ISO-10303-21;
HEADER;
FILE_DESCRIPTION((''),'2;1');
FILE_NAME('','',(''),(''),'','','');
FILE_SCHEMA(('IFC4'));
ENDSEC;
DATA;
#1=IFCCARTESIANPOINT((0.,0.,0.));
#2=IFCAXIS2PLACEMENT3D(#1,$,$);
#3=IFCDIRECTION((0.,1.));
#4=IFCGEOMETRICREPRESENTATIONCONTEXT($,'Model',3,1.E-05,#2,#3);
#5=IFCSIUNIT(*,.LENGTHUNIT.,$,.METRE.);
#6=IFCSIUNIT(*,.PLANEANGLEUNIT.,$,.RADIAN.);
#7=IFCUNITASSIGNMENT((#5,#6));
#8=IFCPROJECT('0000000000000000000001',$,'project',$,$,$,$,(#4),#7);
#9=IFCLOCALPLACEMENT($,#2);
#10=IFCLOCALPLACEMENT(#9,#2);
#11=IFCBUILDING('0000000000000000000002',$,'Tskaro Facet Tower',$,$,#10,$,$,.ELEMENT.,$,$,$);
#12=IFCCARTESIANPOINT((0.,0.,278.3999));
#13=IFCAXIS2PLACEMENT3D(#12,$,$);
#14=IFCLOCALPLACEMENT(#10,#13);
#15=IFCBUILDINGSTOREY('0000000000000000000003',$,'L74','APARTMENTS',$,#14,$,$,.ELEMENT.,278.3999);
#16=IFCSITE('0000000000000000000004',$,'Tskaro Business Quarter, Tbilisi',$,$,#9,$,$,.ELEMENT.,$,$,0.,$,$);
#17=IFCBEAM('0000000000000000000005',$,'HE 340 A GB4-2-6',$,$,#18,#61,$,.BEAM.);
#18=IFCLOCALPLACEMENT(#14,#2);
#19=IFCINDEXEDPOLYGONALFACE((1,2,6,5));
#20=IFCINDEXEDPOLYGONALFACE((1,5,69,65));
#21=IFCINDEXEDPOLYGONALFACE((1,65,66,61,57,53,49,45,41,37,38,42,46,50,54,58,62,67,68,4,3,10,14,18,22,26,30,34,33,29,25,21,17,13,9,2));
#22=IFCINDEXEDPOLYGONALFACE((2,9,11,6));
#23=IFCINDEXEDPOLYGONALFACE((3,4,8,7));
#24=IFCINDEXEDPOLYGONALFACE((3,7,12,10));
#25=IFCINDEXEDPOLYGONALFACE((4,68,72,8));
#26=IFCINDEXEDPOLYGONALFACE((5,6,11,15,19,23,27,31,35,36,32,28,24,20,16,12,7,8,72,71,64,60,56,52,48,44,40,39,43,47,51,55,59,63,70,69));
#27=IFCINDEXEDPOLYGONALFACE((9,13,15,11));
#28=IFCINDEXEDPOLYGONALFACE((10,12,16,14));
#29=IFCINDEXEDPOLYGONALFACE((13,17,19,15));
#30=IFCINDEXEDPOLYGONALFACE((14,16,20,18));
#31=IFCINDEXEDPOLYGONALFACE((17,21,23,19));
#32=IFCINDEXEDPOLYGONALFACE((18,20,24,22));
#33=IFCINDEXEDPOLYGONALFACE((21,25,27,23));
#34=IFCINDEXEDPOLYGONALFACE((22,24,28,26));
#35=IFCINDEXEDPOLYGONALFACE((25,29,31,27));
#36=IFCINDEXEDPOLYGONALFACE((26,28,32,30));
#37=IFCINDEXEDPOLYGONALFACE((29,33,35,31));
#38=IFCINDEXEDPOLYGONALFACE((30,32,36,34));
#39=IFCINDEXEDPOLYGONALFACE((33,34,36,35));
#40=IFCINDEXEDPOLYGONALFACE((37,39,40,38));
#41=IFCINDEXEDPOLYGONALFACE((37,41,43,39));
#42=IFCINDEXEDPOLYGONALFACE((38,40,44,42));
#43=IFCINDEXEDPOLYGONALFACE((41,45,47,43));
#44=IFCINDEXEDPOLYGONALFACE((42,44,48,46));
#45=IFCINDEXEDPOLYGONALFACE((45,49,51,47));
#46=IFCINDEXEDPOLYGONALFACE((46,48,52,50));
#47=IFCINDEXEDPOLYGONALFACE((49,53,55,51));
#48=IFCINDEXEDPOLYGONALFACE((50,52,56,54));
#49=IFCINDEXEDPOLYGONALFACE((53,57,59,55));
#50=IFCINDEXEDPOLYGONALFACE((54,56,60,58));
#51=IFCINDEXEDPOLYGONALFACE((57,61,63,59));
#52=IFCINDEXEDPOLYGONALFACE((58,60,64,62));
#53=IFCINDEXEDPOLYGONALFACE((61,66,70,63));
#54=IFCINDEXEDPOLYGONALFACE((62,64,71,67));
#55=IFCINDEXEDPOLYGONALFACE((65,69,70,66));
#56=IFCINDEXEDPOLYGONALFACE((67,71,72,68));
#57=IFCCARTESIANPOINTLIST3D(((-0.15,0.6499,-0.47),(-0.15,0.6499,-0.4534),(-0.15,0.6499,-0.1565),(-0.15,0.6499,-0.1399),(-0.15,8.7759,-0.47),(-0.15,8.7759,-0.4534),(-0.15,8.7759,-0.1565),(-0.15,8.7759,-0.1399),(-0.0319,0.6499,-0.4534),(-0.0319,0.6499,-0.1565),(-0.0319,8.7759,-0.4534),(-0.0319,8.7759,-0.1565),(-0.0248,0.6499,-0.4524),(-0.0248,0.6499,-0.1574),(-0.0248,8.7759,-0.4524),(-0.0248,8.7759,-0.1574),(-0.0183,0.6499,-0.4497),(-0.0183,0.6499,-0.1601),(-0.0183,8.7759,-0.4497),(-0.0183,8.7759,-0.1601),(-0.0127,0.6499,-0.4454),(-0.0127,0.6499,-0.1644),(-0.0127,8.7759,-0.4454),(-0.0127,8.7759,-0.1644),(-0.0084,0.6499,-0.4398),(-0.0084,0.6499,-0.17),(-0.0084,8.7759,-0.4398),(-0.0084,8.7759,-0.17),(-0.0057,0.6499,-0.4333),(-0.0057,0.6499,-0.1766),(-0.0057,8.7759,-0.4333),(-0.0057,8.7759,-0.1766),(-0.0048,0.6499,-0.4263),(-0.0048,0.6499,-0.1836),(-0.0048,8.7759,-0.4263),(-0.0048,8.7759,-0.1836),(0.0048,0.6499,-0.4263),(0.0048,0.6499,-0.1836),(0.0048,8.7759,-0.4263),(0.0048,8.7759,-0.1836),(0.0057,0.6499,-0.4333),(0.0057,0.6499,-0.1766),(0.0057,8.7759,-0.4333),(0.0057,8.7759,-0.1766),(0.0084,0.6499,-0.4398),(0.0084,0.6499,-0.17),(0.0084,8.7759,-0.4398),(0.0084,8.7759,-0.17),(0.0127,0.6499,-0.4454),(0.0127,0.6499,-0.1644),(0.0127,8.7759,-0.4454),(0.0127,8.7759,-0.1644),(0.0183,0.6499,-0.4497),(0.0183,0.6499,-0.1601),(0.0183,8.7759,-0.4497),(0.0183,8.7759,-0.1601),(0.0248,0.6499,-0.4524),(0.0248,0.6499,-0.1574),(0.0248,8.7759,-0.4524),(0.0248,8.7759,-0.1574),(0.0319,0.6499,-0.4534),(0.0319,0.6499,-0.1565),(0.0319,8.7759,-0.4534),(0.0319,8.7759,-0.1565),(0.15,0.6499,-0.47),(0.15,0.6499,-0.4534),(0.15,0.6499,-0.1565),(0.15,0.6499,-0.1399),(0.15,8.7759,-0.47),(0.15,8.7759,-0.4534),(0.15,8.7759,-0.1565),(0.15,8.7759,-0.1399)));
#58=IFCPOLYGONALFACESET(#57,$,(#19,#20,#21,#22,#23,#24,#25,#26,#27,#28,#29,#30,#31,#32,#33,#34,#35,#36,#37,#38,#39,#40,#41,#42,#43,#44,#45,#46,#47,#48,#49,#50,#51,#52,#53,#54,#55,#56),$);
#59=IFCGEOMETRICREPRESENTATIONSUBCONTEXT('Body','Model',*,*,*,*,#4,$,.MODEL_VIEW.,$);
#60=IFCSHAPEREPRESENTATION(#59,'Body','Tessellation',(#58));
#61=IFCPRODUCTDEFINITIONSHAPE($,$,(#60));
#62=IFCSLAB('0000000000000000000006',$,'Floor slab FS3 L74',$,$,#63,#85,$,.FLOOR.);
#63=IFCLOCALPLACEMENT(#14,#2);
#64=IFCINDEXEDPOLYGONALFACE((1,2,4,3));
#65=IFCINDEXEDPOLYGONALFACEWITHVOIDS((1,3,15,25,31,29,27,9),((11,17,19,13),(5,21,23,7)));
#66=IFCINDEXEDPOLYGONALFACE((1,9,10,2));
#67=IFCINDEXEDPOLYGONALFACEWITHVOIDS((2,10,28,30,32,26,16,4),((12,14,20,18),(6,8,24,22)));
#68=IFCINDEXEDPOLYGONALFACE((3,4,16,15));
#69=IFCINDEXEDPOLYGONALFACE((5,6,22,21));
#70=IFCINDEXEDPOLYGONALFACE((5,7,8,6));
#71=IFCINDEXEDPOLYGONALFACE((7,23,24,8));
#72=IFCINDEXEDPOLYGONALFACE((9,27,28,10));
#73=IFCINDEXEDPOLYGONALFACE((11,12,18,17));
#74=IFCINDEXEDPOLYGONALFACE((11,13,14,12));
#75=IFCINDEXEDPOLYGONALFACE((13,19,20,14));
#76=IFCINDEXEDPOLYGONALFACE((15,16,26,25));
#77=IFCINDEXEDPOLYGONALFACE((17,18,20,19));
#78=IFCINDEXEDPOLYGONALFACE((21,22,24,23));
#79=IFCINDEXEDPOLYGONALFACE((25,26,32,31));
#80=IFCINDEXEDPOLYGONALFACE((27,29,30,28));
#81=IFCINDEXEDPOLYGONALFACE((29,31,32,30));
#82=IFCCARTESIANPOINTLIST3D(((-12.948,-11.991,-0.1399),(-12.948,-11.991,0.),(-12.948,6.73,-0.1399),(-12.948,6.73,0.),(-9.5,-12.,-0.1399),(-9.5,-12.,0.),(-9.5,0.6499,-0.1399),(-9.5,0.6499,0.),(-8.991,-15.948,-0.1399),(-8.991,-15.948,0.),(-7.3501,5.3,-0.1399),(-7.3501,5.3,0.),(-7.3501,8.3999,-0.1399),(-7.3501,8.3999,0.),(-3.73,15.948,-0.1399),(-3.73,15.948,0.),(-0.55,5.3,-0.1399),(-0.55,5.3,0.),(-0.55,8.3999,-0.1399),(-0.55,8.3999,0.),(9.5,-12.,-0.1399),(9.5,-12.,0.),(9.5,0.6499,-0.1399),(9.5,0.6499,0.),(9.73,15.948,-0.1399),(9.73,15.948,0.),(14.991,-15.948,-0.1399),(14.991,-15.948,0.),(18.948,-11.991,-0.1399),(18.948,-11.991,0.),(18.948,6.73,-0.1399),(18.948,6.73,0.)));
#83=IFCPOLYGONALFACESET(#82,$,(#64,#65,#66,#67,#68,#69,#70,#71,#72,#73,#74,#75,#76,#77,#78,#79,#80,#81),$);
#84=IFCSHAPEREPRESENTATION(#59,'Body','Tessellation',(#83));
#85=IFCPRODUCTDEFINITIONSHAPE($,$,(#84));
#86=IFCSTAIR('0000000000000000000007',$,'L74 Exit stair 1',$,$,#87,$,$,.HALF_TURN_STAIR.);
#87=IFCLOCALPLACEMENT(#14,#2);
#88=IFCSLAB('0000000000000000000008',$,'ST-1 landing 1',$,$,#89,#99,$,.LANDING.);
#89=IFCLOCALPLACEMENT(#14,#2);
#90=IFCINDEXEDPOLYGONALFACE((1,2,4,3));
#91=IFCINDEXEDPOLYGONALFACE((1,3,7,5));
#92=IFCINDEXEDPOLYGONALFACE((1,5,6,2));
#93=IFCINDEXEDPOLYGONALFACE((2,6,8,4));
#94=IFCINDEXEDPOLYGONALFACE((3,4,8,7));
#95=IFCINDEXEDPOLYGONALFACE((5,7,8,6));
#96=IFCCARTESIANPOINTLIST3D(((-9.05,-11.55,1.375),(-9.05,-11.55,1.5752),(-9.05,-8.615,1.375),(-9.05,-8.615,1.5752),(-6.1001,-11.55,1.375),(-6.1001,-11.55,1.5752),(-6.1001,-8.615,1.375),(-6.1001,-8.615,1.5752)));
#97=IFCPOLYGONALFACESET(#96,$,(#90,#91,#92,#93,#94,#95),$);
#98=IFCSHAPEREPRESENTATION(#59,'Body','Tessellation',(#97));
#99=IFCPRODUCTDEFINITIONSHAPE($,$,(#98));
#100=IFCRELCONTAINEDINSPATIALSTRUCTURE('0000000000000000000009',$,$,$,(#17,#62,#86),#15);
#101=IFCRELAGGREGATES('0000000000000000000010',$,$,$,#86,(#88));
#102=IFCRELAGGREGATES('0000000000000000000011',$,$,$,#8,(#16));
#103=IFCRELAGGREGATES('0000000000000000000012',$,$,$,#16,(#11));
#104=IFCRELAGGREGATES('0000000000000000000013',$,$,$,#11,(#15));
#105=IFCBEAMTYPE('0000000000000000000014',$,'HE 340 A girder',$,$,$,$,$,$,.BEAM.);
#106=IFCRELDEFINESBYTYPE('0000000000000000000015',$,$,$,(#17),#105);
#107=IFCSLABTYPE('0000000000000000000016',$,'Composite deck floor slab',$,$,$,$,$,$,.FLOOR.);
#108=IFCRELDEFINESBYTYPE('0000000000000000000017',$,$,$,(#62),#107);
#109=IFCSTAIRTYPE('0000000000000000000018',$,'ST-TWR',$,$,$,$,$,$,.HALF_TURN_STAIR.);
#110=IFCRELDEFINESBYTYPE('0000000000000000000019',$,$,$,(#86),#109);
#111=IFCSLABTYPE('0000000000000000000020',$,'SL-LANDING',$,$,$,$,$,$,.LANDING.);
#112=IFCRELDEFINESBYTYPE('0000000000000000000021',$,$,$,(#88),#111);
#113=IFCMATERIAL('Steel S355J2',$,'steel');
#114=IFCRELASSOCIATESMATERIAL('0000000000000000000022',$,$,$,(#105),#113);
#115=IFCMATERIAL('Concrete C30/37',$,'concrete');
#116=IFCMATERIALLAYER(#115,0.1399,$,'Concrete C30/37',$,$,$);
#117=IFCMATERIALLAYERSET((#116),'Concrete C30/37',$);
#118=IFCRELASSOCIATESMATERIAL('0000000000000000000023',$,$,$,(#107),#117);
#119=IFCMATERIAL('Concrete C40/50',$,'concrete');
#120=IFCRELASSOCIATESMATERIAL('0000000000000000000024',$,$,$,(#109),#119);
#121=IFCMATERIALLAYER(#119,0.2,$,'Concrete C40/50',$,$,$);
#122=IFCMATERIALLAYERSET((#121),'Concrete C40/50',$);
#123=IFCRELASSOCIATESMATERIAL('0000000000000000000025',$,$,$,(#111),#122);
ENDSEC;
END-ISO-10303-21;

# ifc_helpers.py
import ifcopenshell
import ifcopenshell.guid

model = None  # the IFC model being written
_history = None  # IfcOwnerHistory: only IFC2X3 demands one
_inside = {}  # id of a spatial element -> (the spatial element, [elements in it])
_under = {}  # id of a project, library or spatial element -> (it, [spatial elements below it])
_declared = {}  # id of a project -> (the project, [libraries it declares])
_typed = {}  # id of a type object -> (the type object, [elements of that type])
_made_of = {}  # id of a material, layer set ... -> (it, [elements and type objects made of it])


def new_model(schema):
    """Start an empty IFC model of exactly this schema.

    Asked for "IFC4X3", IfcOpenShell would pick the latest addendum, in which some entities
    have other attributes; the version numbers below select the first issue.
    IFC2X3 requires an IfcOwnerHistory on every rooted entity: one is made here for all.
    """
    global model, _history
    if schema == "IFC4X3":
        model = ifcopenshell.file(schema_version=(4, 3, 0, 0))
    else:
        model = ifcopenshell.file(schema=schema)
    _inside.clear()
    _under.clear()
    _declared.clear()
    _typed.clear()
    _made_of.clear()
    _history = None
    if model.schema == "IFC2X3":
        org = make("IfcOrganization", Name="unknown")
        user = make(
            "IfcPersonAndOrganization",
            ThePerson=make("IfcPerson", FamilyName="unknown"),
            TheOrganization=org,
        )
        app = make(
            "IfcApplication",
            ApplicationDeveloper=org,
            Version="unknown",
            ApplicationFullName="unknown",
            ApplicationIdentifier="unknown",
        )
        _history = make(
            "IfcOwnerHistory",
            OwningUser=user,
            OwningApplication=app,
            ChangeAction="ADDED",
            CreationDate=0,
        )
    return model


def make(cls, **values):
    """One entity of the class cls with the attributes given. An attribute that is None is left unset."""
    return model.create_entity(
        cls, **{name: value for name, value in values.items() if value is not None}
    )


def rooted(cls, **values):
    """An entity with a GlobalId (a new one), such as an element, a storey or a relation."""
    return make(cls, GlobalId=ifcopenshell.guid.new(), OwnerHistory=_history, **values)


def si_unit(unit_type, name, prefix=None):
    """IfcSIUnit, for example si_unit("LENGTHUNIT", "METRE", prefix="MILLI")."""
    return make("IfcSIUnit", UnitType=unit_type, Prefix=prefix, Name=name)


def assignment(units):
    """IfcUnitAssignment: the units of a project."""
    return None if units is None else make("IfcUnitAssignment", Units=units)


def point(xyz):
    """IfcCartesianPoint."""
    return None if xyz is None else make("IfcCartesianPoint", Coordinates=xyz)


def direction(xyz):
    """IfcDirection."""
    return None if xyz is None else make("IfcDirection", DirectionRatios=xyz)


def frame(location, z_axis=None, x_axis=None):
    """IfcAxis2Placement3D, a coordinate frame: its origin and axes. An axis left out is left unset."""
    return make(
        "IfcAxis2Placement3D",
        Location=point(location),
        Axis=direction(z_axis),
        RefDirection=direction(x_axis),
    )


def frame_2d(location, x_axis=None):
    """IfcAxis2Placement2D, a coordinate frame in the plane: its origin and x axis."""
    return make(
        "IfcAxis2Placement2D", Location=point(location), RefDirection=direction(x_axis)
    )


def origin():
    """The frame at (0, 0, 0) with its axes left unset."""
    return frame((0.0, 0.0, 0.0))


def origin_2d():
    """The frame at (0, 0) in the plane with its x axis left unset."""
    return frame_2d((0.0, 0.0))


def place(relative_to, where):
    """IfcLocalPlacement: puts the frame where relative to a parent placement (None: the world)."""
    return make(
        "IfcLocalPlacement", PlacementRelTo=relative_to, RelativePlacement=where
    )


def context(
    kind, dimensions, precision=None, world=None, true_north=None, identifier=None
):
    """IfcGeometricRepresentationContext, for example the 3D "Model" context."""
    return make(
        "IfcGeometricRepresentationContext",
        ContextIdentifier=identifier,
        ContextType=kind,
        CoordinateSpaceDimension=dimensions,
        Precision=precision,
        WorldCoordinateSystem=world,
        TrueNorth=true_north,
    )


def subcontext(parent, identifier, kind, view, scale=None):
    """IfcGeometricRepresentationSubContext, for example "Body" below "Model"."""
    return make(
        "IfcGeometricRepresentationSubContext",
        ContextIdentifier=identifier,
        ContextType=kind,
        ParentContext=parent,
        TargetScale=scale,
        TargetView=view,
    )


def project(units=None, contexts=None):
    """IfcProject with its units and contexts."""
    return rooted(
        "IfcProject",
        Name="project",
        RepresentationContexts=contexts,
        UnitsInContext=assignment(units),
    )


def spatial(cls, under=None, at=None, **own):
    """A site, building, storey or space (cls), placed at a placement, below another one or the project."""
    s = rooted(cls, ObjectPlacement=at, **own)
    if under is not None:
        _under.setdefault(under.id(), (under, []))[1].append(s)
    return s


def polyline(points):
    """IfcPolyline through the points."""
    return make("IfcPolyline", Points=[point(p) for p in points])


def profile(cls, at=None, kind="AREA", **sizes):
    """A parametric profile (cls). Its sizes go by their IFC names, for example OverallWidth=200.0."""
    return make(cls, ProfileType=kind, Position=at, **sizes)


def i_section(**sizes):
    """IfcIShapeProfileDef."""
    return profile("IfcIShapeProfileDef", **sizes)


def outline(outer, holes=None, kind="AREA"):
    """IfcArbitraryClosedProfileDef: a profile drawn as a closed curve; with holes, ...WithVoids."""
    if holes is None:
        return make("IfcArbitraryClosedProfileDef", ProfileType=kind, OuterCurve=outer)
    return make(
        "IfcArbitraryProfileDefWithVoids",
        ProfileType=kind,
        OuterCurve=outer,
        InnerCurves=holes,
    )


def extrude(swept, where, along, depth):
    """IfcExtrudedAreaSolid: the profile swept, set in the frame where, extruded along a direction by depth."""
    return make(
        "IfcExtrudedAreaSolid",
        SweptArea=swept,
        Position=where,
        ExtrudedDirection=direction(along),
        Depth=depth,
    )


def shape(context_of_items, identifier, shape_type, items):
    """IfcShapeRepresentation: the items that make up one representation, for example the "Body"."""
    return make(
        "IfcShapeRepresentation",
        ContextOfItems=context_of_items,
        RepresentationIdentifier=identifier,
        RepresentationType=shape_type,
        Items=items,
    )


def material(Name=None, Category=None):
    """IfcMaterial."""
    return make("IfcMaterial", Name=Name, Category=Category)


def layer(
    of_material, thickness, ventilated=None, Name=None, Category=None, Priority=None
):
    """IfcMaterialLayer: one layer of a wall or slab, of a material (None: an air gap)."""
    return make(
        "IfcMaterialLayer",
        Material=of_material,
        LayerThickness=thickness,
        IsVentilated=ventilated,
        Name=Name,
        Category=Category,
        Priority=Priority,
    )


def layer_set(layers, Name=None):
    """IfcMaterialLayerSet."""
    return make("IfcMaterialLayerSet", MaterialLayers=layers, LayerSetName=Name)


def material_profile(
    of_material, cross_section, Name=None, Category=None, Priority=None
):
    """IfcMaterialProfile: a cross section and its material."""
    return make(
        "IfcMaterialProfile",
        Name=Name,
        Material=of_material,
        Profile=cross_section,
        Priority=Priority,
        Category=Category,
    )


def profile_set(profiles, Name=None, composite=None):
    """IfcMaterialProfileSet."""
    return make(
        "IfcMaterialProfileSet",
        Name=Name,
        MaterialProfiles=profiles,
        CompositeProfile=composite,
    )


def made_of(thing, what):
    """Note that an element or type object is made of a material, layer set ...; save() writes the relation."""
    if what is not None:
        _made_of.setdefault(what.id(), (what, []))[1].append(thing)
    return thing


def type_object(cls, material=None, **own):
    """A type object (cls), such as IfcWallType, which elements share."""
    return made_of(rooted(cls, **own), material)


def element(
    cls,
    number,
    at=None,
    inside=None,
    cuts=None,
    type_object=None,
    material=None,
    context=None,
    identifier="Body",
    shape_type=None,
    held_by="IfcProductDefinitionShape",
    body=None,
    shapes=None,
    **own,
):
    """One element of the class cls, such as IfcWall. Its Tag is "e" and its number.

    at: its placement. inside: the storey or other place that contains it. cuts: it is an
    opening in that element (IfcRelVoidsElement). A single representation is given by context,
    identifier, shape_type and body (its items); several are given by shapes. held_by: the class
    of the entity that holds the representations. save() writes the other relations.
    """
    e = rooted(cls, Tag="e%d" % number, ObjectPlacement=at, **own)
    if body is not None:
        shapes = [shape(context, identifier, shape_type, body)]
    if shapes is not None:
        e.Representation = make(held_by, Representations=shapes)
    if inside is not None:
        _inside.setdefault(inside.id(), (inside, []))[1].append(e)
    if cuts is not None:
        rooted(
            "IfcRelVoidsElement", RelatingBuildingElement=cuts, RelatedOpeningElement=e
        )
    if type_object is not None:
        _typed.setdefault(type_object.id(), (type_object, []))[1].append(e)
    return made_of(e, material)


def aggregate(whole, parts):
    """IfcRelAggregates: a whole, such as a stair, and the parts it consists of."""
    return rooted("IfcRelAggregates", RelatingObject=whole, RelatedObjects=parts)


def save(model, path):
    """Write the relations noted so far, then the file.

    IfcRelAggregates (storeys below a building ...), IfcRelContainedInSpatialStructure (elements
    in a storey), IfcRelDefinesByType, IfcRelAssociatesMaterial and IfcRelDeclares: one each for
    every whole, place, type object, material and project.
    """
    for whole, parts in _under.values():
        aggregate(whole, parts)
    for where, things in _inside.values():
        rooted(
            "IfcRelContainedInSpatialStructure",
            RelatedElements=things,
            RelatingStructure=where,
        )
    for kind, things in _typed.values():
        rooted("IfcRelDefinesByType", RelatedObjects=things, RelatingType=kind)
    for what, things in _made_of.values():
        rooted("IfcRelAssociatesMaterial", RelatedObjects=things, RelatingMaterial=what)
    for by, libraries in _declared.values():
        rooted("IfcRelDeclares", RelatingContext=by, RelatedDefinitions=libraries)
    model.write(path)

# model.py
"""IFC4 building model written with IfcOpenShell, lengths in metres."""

from ifc_helpers import new_model, si_unit, direction, frame, origin, origin_2d, place, context, subcontext, project, spatial, polyline, i_section, outline, extrude, material, layer, layer_set, material_profile, profile_set, type_object, element, aggregate, save


model = new_model("IFC4")

# Units and contexts
model_context = context("Model", 3, precision=1e-05, world=origin(), true_north=direction((0.0, 1.0)))
body_context = subcontext(model_context, "Body", "Model", "MODEL_VIEW")
ifc_project = project(units=[si_unit("LENGTHUNIT", "METRE"), si_unit("PLANEANGLEUNIT", "RADIAN")], contexts=[model_context])

# Site, building, storey
site_placement = place(None, origin())
site = spatial("IfcSite", under=ifc_project, at=site_placement, Name="Tskaro Business Quarter, Tbilisi", CompositionType="ELEMENT", RefElevation=0.0)
building_placement = place(site_placement, origin())
building = spatial("IfcBuilding", under=site, at=building_placement, Name="Tskaro Facet Tower", CompositionType="ELEMENT")
storey_placement = place(building_placement, frame((0.0, 0.0, 278.3999)))
storey = spatial("IfcBuildingStorey", under=building, at=storey_placement, Name="L74", Description="APARTMENTS", CompositionType="ELEMENT", Elevation=278.3999)

# Beam
ifc_material_1 = material(Name="Steel S355J2", Category="steel")
ifc_material_profile = material_profile(ifc_material_1, i_section(OverallWidth=0.3, OverallDepth=0.3301, WebThickness=0.0095, FlangeThickness=0.0166, FilletRadius=0.0271, at=origin_2d()), Name="HE 340 A")
ifc_profile_set = profile_set([ifc_material_profile], Name="Steel S355J2")
beam_type = type_object("IfcBeamType", Name="HE 340 A girder", PredefinedType="BEAM", material=ifc_profile_set)
beam_placement = place(storey_placement, frame((0.0, 0.6499, -0.3049), z_axis=(0.0, 1.0, 0.0), x_axis=(-1.0, 0.0, 0.0)))
element("IfcBeam", 1, at=beam_placement, inside=storey, type_object=beam_type, Name="HE 340 A GB4-2-6", PredefinedType="BEAM", context=body_context, shape_type="SweptSolid", body=[
    extrude(i_section(OverallWidth=0.3, OverallDepth=0.3301, WebThickness=0.0095, FlangeThickness=0.0166, FilletRadius=0.0271, at=origin_2d()), origin(), (0.0, 0.0, 1.0), 8.126),
])

# Slab
ifc_material_2 = material(Name="Concrete C30/37", Category="concrete")
ifc_layer_1 = layer(ifc_material_2, 0.1399, Name="Concrete C30/37")
ifc_layer_set_1 = layer_set([ifc_layer_1], Name="Concrete C30/37")
slab_type_1 = type_object("IfcSlabType", Name="Composite deck floor slab", PredefinedType="FLOOR", material=ifc_layer_set_1)
slab_1_placement = place(storey_placement, frame((0.0, 0.0, -0.1399)))
element("IfcSlab", 2, at=slab_1_placement, inside=storey, type_object=slab_type_1, Name="Floor slab FS3 L74", PredefinedType="FLOOR", context=body_context, shape_type="SweptSolid", body=[
    extrude(outline(polyline([(-8.991, -15.948), (14.991, -15.948), (18.948, -11.991), (18.948, 6.73), (9.73, 15.948), (-3.73, 15.948), (-12.948, 6.73), (-12.948, -11.991), (-8.991, -15.948)]), holes=[polyline([(-9.5, -12.0), (9.5, -12.0), (9.5, 0.6499), (-9.5, 0.6499), (-9.5, -12.0)]), polyline([(-7.3501, 5.3), (-0.55, 5.3), (-0.55, 8.3999), (-7.3501, 8.3999), (-7.3501, 5.3)])]), origin(), (0.0, 0.0, 1.0), 0.1399),
])

# Stair, slab
ifc_material_3 = material(Name="Concrete C40/50", Category="concrete")
stair_type = type_object("IfcStairType", Name="ST-TWR", PredefinedType="HALF_TURN_STAIR", material=ifc_material_3)
stair_1_placement = place(storey_placement, origin())
stair_1 = element("IfcStair", 3, at=stair_1_placement, inside=storey, type_object=stair_type, Name="L74 Exit stair 1", PredefinedType="HALF_TURN_STAIR")
ifc_layer_2 = layer(ifc_material_3, 0.2, Name="Concrete C40/50")
ifc_layer_set_2 = layer_set([ifc_layer_2], Name="Concrete C40/50")
slab_type_2 = type_object("IfcSlabType", Name="SL-LANDING", PredefinedType="LANDING", material=ifc_layer_set_2)
slab_2_placement = place(storey_placement, frame((0.0, 0.0, 1.375)))
slab_2 = element("IfcSlab", 4, at=slab_2_placement, type_object=slab_type_2, Name="ST-1 landing 1", PredefinedType="LANDING", context=body_context, shape_type="SweptSolid", body=[
    extrude(outline(polyline([(-9.05, -11.55), (-6.1001, -11.55), (-6.1001, -8.615), (-9.05, -8.615), (-9.05, -11.55)])), origin(), (0.0, 0.0, 1.0), 0.2002),
])
aggregate(stair_1, [slab_2])

save(model, "model.ifc")
